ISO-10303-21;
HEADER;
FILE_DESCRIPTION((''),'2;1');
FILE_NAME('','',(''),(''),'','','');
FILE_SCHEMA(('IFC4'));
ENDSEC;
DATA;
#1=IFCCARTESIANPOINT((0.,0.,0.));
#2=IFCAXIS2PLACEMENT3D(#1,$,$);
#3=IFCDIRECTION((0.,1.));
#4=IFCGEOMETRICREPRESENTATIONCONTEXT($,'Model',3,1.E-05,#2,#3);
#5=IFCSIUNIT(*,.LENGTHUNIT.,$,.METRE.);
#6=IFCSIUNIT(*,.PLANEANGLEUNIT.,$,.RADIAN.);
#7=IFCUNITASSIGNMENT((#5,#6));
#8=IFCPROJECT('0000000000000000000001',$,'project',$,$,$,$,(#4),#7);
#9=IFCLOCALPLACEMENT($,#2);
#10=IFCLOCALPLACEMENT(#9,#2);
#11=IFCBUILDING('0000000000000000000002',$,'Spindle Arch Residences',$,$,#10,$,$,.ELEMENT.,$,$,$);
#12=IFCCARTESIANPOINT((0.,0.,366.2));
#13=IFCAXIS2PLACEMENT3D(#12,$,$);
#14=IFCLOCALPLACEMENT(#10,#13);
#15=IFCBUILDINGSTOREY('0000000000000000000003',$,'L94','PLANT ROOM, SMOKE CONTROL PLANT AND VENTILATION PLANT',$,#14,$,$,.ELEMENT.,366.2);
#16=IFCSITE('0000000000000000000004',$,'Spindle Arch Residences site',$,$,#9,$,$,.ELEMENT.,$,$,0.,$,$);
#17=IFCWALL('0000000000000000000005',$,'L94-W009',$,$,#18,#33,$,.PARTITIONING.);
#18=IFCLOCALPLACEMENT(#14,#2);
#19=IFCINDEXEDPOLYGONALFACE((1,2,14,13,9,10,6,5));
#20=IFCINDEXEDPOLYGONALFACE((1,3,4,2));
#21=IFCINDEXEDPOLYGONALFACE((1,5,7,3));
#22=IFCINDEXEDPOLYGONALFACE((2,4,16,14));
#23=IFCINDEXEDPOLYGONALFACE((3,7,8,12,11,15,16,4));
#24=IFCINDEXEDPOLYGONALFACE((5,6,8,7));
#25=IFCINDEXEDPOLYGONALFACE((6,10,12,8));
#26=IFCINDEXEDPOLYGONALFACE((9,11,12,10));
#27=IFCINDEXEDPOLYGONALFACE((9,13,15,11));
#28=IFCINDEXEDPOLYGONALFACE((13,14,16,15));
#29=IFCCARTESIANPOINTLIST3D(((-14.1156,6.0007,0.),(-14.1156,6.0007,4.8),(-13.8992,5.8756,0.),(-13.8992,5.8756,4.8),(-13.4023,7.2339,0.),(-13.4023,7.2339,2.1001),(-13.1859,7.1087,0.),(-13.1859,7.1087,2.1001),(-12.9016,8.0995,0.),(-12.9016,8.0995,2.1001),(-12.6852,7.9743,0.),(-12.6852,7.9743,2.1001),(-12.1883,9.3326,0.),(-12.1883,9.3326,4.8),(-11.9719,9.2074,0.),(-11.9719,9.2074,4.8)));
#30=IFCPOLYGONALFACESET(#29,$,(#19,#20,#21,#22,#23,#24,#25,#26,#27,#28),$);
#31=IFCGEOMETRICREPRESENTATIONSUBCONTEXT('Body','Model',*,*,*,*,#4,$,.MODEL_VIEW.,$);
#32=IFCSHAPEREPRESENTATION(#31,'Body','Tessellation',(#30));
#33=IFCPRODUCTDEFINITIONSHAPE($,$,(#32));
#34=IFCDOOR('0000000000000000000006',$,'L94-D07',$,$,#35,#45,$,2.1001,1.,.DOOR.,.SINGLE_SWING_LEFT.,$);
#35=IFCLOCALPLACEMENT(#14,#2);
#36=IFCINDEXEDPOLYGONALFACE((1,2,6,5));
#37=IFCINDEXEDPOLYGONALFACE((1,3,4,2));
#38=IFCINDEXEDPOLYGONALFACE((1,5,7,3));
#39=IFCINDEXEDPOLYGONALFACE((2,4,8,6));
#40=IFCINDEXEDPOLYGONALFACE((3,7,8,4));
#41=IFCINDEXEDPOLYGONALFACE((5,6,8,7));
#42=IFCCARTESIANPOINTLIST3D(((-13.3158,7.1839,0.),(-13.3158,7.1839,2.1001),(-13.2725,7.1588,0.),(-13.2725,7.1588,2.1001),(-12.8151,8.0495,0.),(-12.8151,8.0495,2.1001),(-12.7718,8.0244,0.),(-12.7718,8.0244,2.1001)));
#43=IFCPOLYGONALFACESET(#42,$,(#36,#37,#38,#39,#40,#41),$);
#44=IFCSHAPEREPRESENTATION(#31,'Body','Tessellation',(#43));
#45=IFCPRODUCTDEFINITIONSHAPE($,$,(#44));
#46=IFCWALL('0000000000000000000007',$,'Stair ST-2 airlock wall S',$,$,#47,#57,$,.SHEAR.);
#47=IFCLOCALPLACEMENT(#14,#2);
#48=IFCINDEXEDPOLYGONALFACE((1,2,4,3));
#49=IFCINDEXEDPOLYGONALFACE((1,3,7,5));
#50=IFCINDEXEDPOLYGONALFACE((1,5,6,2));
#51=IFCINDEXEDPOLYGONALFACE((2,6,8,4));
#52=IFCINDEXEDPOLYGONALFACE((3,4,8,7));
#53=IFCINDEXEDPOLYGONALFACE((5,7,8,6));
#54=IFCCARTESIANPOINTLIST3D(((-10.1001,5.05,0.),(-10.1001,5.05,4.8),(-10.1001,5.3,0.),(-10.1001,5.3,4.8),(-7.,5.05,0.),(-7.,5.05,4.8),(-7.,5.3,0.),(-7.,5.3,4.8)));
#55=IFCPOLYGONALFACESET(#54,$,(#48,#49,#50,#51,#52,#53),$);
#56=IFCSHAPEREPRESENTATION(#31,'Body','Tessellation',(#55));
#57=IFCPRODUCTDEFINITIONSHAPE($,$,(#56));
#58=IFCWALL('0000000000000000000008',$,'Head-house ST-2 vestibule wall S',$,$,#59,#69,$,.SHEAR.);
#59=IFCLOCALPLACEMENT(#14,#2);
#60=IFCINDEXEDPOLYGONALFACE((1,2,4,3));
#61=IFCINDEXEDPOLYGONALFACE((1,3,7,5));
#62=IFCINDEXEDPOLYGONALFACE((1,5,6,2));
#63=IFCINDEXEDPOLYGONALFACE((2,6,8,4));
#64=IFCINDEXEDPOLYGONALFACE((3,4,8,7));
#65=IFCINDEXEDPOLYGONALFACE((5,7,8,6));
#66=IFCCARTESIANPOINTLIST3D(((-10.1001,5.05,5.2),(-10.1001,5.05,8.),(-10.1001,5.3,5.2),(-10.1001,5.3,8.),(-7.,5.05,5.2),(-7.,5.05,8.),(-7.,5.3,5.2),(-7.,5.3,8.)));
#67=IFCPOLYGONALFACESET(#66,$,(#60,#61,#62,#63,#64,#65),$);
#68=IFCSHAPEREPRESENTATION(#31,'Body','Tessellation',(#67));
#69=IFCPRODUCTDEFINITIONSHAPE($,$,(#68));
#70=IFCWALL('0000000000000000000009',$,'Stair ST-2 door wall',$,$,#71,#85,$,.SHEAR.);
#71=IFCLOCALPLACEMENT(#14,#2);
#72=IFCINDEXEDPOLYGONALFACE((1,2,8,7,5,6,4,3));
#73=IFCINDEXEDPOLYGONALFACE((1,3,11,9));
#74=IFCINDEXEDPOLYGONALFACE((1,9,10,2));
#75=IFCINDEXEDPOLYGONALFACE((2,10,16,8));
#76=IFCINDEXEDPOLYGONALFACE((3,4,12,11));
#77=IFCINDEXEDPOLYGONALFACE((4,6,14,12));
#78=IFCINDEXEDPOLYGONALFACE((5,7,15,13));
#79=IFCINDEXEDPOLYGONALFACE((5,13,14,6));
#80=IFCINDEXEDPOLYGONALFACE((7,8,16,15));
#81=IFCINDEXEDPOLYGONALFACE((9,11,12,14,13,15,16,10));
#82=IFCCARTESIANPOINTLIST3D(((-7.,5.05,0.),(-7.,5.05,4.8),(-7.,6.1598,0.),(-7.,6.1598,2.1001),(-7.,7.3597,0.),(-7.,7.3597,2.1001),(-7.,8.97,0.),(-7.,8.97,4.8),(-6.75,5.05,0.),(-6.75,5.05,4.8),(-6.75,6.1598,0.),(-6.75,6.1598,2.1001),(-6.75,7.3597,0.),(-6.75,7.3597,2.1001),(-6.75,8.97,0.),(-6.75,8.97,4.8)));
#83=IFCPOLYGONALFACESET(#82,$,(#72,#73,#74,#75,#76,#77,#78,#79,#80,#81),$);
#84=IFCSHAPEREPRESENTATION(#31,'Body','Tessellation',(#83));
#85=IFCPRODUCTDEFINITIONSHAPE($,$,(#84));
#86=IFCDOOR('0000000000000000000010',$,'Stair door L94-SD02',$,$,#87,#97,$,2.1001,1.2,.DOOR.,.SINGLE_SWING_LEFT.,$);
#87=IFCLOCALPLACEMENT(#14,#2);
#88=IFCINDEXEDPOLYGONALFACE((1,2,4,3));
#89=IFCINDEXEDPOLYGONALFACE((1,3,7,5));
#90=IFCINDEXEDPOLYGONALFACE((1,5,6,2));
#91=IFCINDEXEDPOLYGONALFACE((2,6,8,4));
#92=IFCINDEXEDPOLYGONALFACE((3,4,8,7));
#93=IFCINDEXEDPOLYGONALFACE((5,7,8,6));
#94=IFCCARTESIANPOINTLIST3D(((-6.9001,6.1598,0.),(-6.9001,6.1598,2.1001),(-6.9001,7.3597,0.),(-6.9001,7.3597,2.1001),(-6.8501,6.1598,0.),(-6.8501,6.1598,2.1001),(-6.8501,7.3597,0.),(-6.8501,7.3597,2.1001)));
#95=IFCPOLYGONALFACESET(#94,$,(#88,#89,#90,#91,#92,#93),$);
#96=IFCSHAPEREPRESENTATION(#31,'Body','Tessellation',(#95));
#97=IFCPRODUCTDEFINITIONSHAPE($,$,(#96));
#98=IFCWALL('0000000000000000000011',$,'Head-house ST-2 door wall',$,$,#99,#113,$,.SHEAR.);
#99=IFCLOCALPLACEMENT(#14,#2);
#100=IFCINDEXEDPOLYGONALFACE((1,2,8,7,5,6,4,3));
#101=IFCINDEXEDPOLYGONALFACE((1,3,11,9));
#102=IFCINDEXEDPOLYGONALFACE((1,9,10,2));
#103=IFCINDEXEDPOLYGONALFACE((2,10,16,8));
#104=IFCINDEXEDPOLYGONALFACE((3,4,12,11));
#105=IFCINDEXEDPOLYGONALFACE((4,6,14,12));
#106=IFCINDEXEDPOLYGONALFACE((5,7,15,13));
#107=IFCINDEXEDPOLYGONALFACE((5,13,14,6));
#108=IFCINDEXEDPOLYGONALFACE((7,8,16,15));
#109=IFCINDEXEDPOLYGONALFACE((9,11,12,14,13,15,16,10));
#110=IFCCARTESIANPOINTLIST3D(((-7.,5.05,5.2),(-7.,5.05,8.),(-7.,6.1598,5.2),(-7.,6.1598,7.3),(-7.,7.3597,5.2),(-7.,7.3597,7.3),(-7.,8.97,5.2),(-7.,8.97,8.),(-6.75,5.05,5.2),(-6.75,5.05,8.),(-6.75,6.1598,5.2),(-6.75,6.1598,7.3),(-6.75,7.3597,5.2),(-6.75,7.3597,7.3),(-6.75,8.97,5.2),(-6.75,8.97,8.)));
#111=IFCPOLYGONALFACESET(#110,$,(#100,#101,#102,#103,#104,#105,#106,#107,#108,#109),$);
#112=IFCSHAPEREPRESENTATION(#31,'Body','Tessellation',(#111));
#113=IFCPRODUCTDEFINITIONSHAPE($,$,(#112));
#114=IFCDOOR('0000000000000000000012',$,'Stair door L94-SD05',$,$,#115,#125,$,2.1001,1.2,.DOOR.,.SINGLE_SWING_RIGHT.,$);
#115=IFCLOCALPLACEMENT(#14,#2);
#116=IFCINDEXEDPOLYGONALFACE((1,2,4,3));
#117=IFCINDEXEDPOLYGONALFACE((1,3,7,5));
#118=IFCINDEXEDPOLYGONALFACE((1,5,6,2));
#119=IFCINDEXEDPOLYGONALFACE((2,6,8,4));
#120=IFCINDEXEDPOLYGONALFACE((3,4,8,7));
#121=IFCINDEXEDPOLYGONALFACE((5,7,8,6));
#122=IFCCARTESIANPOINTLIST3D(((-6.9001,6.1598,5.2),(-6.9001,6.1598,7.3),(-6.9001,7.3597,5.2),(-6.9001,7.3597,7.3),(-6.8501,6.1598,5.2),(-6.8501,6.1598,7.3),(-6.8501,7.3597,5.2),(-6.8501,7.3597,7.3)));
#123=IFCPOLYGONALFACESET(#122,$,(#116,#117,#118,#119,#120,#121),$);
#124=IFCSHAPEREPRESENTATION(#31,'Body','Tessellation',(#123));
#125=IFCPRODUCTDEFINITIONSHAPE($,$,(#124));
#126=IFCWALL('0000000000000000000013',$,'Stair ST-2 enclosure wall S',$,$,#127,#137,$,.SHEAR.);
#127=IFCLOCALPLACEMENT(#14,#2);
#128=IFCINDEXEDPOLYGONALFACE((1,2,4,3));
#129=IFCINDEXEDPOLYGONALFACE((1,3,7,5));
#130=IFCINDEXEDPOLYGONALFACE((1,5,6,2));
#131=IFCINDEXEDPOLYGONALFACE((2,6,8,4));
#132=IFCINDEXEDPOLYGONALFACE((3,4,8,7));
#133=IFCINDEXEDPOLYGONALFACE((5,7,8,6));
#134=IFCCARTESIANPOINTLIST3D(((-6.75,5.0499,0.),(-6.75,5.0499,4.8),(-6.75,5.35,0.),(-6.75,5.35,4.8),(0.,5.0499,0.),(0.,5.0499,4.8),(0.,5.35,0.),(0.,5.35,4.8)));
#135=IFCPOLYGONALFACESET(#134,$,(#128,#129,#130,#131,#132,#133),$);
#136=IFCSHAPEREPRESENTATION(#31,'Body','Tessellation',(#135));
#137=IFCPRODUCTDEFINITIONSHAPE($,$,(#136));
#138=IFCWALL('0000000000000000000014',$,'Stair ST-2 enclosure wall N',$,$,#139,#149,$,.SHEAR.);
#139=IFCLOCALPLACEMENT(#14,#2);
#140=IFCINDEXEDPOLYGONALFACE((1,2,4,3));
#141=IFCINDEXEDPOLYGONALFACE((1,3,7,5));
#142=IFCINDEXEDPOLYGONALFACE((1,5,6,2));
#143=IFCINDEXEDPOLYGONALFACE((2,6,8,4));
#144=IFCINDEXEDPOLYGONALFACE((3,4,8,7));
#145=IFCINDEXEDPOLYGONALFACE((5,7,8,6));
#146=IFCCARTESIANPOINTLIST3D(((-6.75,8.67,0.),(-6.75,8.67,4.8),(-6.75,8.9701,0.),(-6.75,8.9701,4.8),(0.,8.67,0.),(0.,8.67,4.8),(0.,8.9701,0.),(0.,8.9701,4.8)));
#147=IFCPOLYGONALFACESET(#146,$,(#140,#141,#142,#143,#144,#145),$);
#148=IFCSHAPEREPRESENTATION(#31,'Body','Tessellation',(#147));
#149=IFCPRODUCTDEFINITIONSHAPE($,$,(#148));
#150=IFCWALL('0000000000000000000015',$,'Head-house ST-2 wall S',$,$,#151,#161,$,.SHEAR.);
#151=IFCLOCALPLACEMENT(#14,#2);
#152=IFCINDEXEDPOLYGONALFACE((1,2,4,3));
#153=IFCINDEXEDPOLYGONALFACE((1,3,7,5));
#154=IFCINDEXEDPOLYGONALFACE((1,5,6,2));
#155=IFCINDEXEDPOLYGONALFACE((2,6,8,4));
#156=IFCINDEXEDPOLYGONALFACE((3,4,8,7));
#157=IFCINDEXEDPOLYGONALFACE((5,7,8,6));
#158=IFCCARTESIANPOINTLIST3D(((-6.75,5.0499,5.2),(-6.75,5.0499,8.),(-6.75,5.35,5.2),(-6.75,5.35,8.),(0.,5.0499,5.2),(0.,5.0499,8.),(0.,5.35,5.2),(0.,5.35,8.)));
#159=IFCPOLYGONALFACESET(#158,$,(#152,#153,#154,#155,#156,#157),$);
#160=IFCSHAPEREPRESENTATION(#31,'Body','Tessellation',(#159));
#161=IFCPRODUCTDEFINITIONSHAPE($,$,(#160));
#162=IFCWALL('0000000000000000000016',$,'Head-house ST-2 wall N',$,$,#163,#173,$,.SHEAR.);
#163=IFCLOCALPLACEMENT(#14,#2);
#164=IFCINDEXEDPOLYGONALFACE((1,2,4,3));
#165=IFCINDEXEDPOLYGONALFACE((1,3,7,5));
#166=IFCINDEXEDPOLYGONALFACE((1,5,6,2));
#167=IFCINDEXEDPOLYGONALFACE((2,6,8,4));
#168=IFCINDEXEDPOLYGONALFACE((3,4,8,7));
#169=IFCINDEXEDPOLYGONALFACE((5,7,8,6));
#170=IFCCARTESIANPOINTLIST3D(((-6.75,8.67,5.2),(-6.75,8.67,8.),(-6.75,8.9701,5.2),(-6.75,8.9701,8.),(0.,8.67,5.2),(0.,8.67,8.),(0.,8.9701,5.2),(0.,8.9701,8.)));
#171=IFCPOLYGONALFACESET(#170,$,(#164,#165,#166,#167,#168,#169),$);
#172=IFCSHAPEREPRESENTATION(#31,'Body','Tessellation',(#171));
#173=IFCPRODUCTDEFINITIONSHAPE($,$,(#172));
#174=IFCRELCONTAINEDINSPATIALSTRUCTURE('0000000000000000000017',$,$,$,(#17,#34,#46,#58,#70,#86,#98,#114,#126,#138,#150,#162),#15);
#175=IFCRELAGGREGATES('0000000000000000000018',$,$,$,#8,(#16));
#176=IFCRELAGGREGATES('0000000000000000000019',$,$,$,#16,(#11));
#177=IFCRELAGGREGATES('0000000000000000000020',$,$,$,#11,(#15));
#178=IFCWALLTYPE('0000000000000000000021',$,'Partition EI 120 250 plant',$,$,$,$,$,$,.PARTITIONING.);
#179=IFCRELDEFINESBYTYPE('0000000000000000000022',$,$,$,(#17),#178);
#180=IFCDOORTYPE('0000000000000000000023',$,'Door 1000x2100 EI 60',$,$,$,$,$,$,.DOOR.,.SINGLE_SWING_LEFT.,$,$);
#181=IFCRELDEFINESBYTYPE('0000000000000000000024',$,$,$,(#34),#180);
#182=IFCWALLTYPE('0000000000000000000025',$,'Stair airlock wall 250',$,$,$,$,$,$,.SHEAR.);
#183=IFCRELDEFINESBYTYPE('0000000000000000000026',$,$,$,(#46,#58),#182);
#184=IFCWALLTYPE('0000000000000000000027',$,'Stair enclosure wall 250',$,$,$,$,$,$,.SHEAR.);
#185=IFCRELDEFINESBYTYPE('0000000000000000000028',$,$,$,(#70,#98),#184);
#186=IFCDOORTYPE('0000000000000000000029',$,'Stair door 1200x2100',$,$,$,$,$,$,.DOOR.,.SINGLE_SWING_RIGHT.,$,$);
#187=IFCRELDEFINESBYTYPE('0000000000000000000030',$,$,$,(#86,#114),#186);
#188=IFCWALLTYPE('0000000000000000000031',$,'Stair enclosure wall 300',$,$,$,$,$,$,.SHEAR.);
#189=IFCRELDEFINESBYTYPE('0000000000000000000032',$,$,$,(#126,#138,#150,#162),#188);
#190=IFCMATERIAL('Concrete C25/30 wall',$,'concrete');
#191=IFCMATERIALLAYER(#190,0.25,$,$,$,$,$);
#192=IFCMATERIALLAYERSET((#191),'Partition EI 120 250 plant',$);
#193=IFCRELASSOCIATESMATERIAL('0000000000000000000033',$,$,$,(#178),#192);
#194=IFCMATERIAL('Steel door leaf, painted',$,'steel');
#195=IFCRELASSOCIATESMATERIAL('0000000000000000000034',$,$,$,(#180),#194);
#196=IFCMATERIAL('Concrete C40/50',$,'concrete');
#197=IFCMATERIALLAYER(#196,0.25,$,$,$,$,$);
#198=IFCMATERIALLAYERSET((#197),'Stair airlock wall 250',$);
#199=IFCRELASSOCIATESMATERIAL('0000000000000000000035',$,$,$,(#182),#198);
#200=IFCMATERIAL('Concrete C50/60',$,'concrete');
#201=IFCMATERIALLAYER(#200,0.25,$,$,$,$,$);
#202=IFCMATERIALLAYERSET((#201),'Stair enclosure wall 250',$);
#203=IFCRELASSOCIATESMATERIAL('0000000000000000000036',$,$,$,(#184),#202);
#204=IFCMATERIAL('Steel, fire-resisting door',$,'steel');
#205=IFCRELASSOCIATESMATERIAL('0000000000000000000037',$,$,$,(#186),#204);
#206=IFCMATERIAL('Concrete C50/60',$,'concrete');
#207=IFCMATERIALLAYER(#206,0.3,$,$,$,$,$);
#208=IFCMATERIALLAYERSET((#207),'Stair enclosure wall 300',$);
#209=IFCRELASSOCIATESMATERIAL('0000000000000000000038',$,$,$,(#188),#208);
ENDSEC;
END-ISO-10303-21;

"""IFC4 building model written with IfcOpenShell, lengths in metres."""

from ifc_helpers import new_model, si_unit, direction, frame, frame_2d, origin, place, context, subcontext, project, spatial, rectangle, extrude, material, layer, layer_set, type_object, element, fill, save


model = new_model("IFC4")

# Units and contexts
model_context = context("Model", 3, precision=1e-05, world=origin(), true_north=direction((0.0, 1.0)))
body_context = subcontext(model_context, "Body", "Model", "MODEL_VIEW")
ifc_project = project(units=[si_unit("LENGTHUNIT", "METRE"), si_unit("PLANEANGLEUNIT", "RADIAN")], contexts=[model_context])

# Site, building, storey
site_placement = place(None, origin())
site = spatial("IfcSite", under=ifc_project, at=site_placement, Name="Spindle Arch Residences site", CompositionType="ELEMENT", RefElevation=0.0)
building_placement = place(site_placement, origin())
building = spatial("IfcBuilding", under=site, at=building_placement, Name="Spindle Arch Residences", CompositionType="ELEMENT")
storey_placement = place(building_placement, frame((0.0, 0.0, 366.2)))
storey = spatial("IfcBuildingStorey", under=building, at=storey_placement, Name="L94", Description="PLANT ROOM, SMOKE CONTROL PLANT AND VENTILATION PLANT", CompositionType="ELEMENT", Elevation=366.2)

# Wall, opening, door
ifc_material_1 = material(Name="Concrete C25/30 wall", Category="concrete")
ifc_layer_1 = layer(ifc_material_1, 0.25)
ifc_layer_set_1 = layer_set([ifc_layer_1], Name="Partition EI 120 250 plant")
wall_type_1 = type_object("IfcWallType", Name="Partition EI 120 250 plant", PredefinedType="PARTITIONING", material=ifc_layer_set_1)
wall_1_placement = place(storey_placement, frame((-12.0801, 9.27, 0.0), z_axis=(0.0, 0.0, 1.0), x_axis=(-0.500709, -0.865616, 0.0)))
wall_1 = element("IfcWall", 1, at=wall_1_placement, inside=storey, type_object=wall_type_1, Name="L94-W009", PredefinedType="PARTITIONING", context=body_context, shape_type="SweptSolid", body=[
    extrude(rectangle(XDim=3.8491, YDim=0.25, at=frame_2d((1.9246, 0.0))), origin(), (0.0, 0.0, 1.0), 4.8),
])
opening_1_placement = place(wall_1_placement, frame((1.4246, 0.0, 0.0)))
opening_1 = element("IfcOpeningElement", 2, at=opening_1_placement, cuts=wall_1, PredefinedType="OPENING", context=body_context, shape_type="SweptSolid", body=[
    extrude(rectangle(XDim=1.0, YDim=2.1001, at=frame_2d((0.5, 1.05))), frame((0.0, 0.135, 0.0), z_axis=(0.0, -1.0, 0.0), x_axis=(1.0, 0.0, 0.0)), (0.0, 0.0, 1.0), 0.27),
])
ifc_material_2 = material(Name="Steel door leaf, painted", Category="steel")
door_type_1 = type_object("IfcDoorType", Name="Door 1000x2100 EI 60", OperationType="SINGLE_SWING_LEFT", PredefinedType="DOOR", material=ifc_material_2)
door_1_placement = place(opening_1_placement, origin())
door_1 = element("IfcDoor", 3, at=door_1_placement, inside=storey, type_object=door_type_1, Name="L94-D07", OperationType="SINGLE_SWING_LEFT", OverallHeight=2.1001, OverallWidth=1.0, PredefinedType="DOOR", context=body_context, shape_type="SweptSolid", body=[
    extrude(rectangle(XDim=1.0, YDim=2.1001, at=frame_2d((0.5, 1.05))), frame((0.0, 0.0249, 0.0), z_axis=(0.0, -1.0, 0.0), x_axis=(1.0, 0.0, 0.0)), (0.0, 0.0, 1.0), 0.05),
])
fill(opening_1, door_1)

# Walls
ifc_material_3 = material(Name="Concrete C40/50", Category="concrete")
ifc_layer_2 = layer(ifc_material_3, 0.25)
ifc_layer_set_2 = layer_set([ifc_layer_2], Name="Stair airlock wall 250")
wall_type_2 = type_object("IfcWallType", Name="Stair airlock wall 250", PredefinedType="SHEAR", material=ifc_layer_set_2)
wall_2_placement = place(storey_placement, frame((-7.0, 5.175, 0.0), z_axis=(0.0, 0.0, 1.0), x_axis=(-1.0, 0.0, 0.0)))
element("IfcWall", 4, at=wall_2_placement, inside=storey, type_object=wall_type_2, Name="Stair ST-2 airlock wall S", PredefinedType="SHEAR", context=body_context, shape_type="SweptSolid", body=[
    extrude(rectangle(XDim=3.1001, YDim=0.25, at=frame_2d((1.55, 0.0))), origin(), (0.0, 0.0, 1.0), 4.8),
])
wall_3_placement = place(storey_placement, frame((-7.0, 5.175, 5.2), z_axis=(0.0, 0.0, 1.0), x_axis=(-1.0, 0.0, 0.0)))
element("IfcWall", 5, at=wall_3_placement, inside=storey, type_object=wall_type_2, Name="Head-house ST-2 vestibule wall S", PredefinedType="SHEAR", context=body_context, shape_type="SweptSolid", body=[
    extrude(rectangle(XDim=3.1001, YDim=0.25, at=frame_2d((1.55, 0.0))), origin(), (0.0, 0.0, 1.0), 2.8),
])

# Walls, openings, doors
ifc_material_4 = material(Name="Concrete C50/60", Category="concrete")
ifc_layer_3 = layer(ifc_material_4, 0.25)
ifc_layer_set_3 = layer_set([ifc_layer_3], Name="Stair enclosure wall 250")
wall_type_3 = type_object("IfcWallType", Name="Stair enclosure wall 250", PredefinedType="SHEAR", material=ifc_layer_set_3)
wall_4_placement = place(storey_placement, frame((-6.875, 8.97, 0.0), z_axis=(0.0, 0.0, 1.0), x_axis=(0.0, -1.0, 0.0)))
wall_4 = element("IfcWall", 6, at=wall_4_placement, inside=storey, type_object=wall_type_3, Name="Stair ST-2 door wall", PredefinedType="SHEAR", context=body_context, shape_type="SweptSolid", body=[
    extrude(rectangle(XDim=3.9199, YDim=0.25, at=frame_2d((1.96, 0.0))), origin(), (0.0, 0.0, 1.0), 4.8),
])
opening_2_placement = place(wall_4_placement, frame((1.6101, 0.0, 0.0)))
opening_2 = element("IfcOpeningElement", 7, at=opening_2_placement, cuts=wall_4, PredefinedType="OPENING", context=body_context, shape_type="SweptSolid", body=[
    extrude(rectangle(XDim=1.2, YDim=2.1001, at=frame_2d((0.6001, 1.05))), frame((0.0, 0.135, 0.0), z_axis=(0.0, -1.0, 0.0), x_axis=(1.0, 0.0, 0.0)), (0.0, 0.0, 1.0), 0.27),
])
ifc_material_5 = material(Name="Steel, fire-resisting door", Category="steel")
door_type_2 = type_object("IfcDoorType", Name="Stair door 1200x2100", OperationType="SINGLE_SWING_RIGHT", PredefinedType="DOOR", material=ifc_material_5)
door_2_placement = place(opening_2_placement, origin())
door_2 = element("IfcDoor", 8, at=door_2_placement, inside=storey, type_object=door_type_2, Name="Stair door L94-SD02", OperationType="SINGLE_SWING_LEFT", OverallHeight=2.1001, OverallWidth=1.2, PredefinedType="DOOR", context=body_context, shape_type="SweptSolid", body=[
    extrude(rectangle(XDim=1.2, YDim=2.1001, at=frame_2d((0.6001, 1.05))), frame((0.0, 0.0249, 0.0), z_axis=(0.0, -1.0, 0.0), x_axis=(1.0, 0.0, 0.0)), (0.0, 0.0, 1.0), 0.05),
])
fill(opening_2, door_2)
wall_5_placement = place(storey_placement, frame((-6.875, 8.97, 5.2), z_axis=(0.0, 0.0, 1.0), x_axis=(0.0, -1.0, 0.0)))
wall_5 = element("IfcWall", 9, at=wall_5_placement, inside=storey, type_object=wall_type_3, Name="Head-house ST-2 door wall", PredefinedType="SHEAR", context=body_context, shape_type="SweptSolid", body=[
    extrude(rectangle(XDim=3.9199, YDim=0.25, at=frame_2d((1.96, 0.0))), origin(), (0.0, 0.0, 1.0), 2.8),
])
opening_3_placement = place(wall_5_placement, frame((1.6101, 0.0, 0.0)))
opening_3 = element("IfcOpeningElement", 10, at=opening_3_placement, cuts=wall_5, PredefinedType="OPENING", context=body_context, shape_type="SweptSolid", body=[
    extrude(rectangle(XDim=1.2, YDim=2.1001, at=frame_2d((0.6001, 1.05))), frame((0.0, 0.135, 0.0), z_axis=(0.0, -1.0, 0.0), x_axis=(1.0, 0.0, 0.0)), (0.0, 0.0, 1.0), 0.27),
])
door_3_placement = place(opening_3_placement, origin())
door_3 = element("IfcDoor", 11, at=door_3_placement, inside=storey, type_object=door_type_2, Name="Stair door L94-SD05", OperationType="SINGLE_SWING_RIGHT", OverallHeight=2.1001, OverallWidth=1.2, PredefinedType="DOOR", context=body_context, shape_type="SweptSolid", body=[
    extrude(rectangle(XDim=1.2, YDim=2.1001, at=frame_2d((0.6001, 1.05))), frame((0.0, 0.0249, 0.0), z_axis=(0.0, -1.0, 0.0), x_axis=(1.0, 0.0, 0.0)), (0.0, 0.0, 1.0), 0.05),
])
fill(opening_3, door_3)

# Walls
ifc_material_6 = material(Name="Concrete C50/60", Category="concrete")
ifc_layer_4 = layer(ifc_material_6, 0.3)
ifc_layer_set_4 = layer_set([ifc_layer_4], Name="Stair enclosure wall 300")
wall_type_4 = type_object("IfcWallType", Name="Stair enclosure wall 300", PredefinedType="SHEAR", material=ifc_layer_set_4)
for number, where, z_axis, x_axis, name in (
    (12, (-6.75, 5.2, 0.0), (0.0, 0.0, 1.0), (1.0, 0.0, 0.0), "Stair ST-2 enclosure wall S"),
    (13, (-6.75, 8.8201, 0.0), (0.0, 0.0, 1.0), (1.0, 0.0, 0.0), "Stair ST-2 enclosure wall N"),
):
    element("IfcWall", number, at=place(storey_placement, frame(where, z_axis=z_axis, x_axis=x_axis)), inside=storey, type_object=wall_type_4, Name=name, PredefinedType="SHEAR", context=body_context, shape_type="SweptSolid", body=[
        extrude(rectangle(XDim=6.75, YDim=0.3, at=frame_2d((3.375, 0.0))), origin(), (0.0, 0.0, 1.0), 4.8),
    ])
for number, where, z_axis, x_axis, name in (
    (14, (-6.75, 5.2, 5.2), (0.0, 0.0, 1.0), (1.0, 0.0, 0.0), "Head-house ST-2 wall S"),
    (15, (-6.75, 8.8201, 5.2), (0.0, 0.0, 1.0), (1.0, 0.0, 0.0), "Head-house ST-2 wall N"),
):
    element("IfcWall", number, at=place(storey_placement, frame(where, z_axis=z_axis, x_axis=x_axis)), inside=storey, type_object=wall_type_4, Name=name, PredefinedType="SHEAR", context=body_context, shape_type="SweptSolid", body=[
        extrude(rectangle(XDim=6.75, YDim=0.3, at=frame_2d((3.375, 0.0))), origin(), (0.0, 0.0, 1.0), 2.8),
    ])

save(model, "model.ifc")
